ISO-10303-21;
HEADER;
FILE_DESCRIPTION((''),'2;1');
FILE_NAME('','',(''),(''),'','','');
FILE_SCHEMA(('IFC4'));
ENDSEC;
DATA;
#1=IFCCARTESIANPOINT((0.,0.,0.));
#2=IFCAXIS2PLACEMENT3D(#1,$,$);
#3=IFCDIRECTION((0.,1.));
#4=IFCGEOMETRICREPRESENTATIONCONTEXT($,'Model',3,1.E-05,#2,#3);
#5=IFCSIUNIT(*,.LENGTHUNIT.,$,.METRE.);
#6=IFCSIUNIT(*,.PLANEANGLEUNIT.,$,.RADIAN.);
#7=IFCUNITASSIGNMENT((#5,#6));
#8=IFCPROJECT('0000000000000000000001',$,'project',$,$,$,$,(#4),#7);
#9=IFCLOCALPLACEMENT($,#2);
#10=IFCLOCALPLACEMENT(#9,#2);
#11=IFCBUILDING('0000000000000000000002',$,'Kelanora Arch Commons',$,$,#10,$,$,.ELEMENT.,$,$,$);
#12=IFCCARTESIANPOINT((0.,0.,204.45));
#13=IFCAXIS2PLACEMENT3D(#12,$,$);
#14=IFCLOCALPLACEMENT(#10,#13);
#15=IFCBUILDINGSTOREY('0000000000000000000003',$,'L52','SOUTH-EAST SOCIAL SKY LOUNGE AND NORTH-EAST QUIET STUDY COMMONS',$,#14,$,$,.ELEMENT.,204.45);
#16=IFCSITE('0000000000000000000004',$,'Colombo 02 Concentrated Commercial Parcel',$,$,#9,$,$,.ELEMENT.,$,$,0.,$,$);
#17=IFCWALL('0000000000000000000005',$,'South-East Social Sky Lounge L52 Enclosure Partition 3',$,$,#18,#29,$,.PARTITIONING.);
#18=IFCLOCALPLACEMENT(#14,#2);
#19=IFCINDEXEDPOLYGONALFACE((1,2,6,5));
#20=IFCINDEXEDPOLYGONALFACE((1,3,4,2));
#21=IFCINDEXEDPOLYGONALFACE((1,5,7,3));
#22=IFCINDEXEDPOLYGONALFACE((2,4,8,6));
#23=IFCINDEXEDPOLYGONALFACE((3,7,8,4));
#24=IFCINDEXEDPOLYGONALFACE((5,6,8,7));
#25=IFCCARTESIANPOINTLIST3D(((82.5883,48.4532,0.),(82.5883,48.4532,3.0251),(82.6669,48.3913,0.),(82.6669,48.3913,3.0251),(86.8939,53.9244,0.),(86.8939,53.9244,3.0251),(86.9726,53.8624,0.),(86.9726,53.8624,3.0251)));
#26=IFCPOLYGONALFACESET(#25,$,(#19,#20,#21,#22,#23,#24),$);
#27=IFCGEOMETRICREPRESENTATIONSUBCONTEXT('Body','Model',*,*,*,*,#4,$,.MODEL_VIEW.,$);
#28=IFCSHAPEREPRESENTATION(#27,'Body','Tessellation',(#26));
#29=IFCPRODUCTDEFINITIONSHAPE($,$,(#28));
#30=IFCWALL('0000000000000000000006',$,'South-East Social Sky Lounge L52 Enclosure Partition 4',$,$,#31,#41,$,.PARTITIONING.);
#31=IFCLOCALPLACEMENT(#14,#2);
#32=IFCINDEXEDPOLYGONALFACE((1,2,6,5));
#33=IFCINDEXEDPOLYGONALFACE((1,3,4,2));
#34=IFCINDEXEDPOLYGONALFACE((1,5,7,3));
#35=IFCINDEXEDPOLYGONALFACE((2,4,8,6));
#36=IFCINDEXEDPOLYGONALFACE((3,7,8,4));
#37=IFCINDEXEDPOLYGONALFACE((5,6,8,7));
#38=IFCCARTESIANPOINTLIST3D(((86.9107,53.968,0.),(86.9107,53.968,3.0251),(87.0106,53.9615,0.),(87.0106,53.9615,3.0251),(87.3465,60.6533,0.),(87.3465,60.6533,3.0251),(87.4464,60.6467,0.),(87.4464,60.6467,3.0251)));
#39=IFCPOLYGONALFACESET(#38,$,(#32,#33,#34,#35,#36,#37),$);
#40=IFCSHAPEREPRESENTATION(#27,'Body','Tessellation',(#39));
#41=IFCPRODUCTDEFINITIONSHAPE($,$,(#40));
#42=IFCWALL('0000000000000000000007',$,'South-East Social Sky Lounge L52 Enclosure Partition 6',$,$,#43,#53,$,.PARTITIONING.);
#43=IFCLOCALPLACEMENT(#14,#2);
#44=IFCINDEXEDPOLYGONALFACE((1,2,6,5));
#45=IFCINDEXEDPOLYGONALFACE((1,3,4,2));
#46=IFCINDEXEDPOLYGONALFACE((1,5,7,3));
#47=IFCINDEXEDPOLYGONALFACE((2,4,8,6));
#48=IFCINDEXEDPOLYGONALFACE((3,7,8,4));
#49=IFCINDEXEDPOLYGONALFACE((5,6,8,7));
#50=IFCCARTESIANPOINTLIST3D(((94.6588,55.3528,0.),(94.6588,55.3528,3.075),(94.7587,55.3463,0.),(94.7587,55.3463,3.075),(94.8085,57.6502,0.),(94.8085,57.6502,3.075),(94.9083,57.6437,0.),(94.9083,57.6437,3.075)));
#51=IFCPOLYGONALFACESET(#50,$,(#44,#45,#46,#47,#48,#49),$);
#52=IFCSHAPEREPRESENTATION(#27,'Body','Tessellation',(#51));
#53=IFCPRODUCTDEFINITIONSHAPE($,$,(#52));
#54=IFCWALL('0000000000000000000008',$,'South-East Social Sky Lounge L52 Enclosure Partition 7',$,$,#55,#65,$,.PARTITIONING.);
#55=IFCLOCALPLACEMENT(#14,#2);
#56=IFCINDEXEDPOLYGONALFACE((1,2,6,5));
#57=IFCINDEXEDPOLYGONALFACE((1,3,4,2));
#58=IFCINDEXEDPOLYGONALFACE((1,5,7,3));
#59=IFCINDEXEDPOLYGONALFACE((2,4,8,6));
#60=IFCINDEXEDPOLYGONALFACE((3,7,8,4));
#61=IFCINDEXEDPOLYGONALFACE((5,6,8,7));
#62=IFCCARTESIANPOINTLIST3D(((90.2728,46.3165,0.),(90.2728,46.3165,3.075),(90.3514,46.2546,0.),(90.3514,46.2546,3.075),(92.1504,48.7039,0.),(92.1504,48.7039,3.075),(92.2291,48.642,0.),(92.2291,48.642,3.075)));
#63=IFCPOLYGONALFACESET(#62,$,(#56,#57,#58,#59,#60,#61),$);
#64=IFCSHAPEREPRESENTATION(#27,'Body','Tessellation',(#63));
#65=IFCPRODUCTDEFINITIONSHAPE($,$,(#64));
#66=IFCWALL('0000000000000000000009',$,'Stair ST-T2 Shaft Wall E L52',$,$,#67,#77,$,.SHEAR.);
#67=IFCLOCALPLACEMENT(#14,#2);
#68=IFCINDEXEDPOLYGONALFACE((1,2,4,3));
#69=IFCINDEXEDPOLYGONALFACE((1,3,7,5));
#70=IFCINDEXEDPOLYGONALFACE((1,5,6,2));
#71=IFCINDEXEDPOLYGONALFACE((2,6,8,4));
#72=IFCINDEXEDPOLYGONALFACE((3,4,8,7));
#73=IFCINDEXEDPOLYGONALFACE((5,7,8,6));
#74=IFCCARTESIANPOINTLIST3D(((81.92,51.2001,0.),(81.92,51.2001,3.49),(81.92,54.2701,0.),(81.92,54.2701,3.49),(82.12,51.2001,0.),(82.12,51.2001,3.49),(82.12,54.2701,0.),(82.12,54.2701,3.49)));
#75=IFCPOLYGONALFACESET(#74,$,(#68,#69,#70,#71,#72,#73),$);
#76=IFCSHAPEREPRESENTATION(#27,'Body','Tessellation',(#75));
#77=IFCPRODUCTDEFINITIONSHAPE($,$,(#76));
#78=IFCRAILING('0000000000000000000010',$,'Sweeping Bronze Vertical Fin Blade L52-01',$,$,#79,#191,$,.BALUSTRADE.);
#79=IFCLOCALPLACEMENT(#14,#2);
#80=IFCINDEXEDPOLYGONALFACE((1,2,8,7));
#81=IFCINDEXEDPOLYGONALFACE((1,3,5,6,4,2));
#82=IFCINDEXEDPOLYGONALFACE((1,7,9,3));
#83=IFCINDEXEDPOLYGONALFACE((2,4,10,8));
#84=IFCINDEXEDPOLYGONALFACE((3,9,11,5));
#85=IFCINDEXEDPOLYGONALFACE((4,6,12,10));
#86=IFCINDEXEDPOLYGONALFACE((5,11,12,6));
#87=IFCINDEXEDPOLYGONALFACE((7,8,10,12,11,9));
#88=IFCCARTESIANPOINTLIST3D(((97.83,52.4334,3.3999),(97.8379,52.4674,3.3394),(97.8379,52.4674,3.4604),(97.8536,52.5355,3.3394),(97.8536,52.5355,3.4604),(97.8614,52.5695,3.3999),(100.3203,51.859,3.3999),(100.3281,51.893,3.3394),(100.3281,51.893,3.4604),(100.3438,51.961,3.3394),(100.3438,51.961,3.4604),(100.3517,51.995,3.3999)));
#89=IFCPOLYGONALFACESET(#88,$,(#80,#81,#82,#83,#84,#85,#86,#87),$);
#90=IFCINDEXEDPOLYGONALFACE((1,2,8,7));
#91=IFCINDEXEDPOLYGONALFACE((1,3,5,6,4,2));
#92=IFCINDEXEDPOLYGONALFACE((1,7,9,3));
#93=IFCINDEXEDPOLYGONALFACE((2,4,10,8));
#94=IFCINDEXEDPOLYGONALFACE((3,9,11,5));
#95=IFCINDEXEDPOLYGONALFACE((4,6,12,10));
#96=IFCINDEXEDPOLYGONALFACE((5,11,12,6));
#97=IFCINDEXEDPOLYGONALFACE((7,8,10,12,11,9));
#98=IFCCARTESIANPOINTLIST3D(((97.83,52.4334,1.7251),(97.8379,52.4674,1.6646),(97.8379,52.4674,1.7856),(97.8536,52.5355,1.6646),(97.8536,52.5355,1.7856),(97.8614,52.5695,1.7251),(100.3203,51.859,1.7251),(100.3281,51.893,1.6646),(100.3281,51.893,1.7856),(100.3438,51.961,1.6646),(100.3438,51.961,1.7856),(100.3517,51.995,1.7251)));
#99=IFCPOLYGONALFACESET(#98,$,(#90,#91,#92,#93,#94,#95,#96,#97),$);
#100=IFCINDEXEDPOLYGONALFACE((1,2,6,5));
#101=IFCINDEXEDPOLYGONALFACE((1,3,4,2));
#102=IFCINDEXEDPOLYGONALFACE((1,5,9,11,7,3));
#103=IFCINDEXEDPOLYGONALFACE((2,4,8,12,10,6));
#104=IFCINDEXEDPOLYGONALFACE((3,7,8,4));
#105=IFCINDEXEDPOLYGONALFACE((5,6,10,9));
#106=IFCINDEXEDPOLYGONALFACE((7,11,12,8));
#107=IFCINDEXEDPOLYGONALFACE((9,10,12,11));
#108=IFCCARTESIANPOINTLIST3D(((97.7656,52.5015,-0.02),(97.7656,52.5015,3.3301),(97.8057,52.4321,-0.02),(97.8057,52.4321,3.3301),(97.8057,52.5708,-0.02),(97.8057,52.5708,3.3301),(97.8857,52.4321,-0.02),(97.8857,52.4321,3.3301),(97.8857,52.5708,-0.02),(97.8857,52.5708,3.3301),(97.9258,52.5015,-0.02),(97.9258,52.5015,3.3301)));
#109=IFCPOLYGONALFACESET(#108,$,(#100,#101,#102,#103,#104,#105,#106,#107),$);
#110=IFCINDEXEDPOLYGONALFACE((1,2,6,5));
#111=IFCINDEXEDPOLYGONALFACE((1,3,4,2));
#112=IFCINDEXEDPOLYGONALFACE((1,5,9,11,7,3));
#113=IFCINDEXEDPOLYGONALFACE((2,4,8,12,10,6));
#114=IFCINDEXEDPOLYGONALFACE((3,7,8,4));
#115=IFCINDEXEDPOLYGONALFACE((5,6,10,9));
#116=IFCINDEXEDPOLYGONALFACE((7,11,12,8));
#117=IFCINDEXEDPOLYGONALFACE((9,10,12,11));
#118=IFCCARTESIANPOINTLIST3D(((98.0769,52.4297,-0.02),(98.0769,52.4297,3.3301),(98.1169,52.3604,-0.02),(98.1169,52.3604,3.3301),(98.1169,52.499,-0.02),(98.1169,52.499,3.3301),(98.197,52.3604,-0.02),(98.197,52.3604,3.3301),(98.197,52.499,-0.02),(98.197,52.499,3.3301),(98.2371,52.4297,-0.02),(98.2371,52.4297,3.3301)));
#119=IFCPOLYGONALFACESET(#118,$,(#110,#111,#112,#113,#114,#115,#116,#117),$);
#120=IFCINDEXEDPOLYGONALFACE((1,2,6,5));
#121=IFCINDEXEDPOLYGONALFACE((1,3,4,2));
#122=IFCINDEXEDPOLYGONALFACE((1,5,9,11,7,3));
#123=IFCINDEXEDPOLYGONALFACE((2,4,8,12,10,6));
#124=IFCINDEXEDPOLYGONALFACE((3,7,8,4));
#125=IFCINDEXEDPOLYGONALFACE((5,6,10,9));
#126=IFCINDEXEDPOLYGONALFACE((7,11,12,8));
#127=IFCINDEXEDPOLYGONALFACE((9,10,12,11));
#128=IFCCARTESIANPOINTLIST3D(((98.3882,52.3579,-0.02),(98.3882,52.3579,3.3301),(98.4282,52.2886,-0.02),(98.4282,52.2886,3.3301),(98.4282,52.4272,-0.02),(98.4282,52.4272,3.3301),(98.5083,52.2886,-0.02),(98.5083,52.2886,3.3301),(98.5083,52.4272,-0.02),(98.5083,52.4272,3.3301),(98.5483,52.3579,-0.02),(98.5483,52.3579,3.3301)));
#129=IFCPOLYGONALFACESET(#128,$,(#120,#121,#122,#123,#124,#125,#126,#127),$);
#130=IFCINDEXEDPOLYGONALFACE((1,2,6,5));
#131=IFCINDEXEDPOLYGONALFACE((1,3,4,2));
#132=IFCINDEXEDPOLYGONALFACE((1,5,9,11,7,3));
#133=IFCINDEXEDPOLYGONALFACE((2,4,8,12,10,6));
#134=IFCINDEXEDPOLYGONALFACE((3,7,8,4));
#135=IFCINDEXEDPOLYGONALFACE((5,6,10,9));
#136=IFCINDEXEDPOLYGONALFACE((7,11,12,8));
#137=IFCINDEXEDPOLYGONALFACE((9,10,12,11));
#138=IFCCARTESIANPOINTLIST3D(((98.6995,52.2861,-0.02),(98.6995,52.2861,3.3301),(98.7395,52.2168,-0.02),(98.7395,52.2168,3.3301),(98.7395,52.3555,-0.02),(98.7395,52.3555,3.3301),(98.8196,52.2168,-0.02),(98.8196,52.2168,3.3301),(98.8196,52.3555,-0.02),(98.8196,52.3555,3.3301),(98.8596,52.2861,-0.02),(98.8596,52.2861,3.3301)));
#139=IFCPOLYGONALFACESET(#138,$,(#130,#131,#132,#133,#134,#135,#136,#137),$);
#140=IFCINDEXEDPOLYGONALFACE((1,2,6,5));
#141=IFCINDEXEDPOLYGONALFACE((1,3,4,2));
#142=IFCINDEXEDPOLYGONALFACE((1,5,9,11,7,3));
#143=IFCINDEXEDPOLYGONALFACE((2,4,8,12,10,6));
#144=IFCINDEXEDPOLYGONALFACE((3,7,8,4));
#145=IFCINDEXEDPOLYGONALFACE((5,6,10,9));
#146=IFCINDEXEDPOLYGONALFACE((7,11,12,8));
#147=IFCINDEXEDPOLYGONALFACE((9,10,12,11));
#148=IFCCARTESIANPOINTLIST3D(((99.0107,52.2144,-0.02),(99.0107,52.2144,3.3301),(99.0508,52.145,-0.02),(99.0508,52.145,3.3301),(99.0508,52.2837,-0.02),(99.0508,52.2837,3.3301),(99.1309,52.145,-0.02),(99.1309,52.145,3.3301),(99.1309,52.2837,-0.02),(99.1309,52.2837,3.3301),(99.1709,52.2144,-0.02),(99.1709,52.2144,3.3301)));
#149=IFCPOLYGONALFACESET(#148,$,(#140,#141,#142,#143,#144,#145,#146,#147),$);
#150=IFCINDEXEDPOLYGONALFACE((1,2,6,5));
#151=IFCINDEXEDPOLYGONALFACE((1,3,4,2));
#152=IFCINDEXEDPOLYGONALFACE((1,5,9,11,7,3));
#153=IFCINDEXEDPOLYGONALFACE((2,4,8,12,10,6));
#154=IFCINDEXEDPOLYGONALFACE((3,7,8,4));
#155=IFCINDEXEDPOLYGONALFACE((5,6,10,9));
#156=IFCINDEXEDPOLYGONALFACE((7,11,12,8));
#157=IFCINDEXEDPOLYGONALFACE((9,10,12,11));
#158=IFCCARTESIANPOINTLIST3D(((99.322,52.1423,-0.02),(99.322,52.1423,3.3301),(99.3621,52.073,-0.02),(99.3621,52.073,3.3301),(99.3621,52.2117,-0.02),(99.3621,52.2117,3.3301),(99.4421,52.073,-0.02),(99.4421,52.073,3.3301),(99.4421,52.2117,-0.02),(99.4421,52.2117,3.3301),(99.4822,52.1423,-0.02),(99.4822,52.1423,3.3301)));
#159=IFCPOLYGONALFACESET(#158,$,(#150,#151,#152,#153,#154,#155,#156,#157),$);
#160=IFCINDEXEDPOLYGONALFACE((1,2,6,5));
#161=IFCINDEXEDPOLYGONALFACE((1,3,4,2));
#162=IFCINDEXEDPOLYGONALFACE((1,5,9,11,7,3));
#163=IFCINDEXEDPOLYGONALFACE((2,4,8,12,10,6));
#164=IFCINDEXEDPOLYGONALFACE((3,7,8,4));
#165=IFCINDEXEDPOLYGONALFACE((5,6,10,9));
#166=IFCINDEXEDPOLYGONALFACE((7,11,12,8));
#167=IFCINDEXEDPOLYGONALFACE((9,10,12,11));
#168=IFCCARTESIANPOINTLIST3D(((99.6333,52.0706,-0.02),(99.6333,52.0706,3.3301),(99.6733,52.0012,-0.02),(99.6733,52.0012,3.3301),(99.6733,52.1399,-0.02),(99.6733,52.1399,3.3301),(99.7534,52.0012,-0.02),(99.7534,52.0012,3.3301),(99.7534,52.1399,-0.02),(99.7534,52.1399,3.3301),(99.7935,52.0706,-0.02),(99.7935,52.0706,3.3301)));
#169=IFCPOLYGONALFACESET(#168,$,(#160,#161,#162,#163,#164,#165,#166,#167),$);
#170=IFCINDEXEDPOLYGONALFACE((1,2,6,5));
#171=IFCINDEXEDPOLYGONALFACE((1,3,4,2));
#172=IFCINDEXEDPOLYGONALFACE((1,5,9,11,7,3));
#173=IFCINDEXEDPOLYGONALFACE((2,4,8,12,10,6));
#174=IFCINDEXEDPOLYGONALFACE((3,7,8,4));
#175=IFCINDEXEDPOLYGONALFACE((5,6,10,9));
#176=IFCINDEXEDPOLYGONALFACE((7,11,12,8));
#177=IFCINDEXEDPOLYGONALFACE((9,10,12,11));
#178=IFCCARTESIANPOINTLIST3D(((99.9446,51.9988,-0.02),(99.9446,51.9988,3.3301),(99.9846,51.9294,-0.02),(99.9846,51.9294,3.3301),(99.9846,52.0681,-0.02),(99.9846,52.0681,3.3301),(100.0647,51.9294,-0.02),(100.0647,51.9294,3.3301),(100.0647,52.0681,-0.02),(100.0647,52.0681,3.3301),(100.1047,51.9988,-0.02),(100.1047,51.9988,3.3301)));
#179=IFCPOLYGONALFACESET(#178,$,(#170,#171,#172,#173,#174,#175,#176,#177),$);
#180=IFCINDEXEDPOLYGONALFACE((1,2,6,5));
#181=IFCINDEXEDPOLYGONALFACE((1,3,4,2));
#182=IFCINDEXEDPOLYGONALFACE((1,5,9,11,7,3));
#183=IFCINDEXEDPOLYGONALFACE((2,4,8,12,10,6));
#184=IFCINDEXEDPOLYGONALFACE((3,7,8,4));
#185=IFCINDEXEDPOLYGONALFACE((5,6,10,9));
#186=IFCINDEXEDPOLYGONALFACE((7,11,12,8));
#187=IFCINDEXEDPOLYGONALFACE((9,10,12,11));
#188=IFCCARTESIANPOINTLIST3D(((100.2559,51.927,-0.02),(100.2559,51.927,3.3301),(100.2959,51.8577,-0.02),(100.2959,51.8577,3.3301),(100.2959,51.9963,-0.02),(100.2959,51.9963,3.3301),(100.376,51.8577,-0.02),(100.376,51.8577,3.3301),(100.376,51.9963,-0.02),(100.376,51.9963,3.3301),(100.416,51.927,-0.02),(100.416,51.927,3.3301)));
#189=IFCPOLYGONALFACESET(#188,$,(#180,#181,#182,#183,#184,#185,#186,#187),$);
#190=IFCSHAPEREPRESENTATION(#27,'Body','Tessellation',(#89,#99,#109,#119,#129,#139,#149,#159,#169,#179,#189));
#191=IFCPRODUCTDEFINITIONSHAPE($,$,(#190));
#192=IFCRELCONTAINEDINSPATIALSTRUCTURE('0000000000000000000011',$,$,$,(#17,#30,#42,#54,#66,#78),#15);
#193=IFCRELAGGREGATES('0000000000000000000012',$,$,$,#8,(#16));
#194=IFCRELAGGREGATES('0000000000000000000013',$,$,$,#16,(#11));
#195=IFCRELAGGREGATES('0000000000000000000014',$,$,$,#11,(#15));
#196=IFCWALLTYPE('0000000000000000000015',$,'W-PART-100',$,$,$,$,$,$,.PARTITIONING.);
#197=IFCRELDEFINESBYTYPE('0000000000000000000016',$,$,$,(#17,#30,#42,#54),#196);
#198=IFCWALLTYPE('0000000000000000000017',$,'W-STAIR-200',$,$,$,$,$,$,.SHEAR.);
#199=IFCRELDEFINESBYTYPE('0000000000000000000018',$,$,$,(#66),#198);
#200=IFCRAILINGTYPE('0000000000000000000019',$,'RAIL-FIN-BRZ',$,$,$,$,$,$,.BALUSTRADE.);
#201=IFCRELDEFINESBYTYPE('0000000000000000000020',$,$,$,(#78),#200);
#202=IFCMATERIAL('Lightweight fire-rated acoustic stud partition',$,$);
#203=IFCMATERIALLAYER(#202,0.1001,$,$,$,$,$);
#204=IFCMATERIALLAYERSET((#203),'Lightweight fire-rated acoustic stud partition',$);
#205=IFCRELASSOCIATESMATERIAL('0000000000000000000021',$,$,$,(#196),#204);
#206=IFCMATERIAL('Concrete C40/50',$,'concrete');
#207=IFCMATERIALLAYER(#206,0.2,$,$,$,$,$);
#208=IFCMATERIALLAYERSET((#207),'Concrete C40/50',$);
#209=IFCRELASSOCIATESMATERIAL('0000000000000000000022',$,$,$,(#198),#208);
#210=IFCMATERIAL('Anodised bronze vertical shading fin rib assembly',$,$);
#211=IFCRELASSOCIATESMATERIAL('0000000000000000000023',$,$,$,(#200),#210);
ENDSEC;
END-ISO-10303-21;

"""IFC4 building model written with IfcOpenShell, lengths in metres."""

from ifc_helpers import new_model, si_unit, direction, frame, frame_2d, origin, place, context, subcontext, project, spatial, polyline, rectangle, outline, extrude, material, layer, layer_set, type_object, element, save


model = new_model("IFC4")

# Units and contexts
model_context = context("Model", 3, precision=1e-05, world=origin(), true_north=direction((0.0, 1.0)))
body_context = subcontext(model_context, "Body", "Model", "MODEL_VIEW")
ifc_project = project(units=[si_unit("LENGTHUNIT", "METRE"), si_unit("PLANEANGLEUNIT", "RADIAN")], contexts=[model_context])

# Site, building, storey
site_placement = place(None, origin())
site = spatial("IfcSite", under=ifc_project, at=site_placement, Name="Colombo 02 Concentrated Commercial Parcel", CompositionType="ELEMENT", RefElevation=0.0)
building_placement = place(site_placement, origin())
building = spatial("IfcBuilding", under=site, at=building_placement, Name="Kelanora Arch Commons", CompositionType="ELEMENT")
storey_placement = place(building_placement, frame((0.0, 0.0, 204.45)))
storey = spatial("IfcBuildingStorey", under=building, at=storey_placement, Name="L52", Description="SOUTH-EAST SOCIAL SKY LOUNGE AND NORTH-EAST QUIET STUDY COMMONS", CompositionType="ELEMENT", Elevation=204.45)

# Walls
ifc_material_1 = material(Name="Lightweight fire-rated acoustic stud partition")
ifc_layer_1 = layer(ifc_material_1, 0.1001)
ifc_layer_set_1 = layer_set([ifc_layer_1], Name="Lightweight fire-rated acoustic stud partition")
wall_type_1 = type_object("IfcWallType", Name="W-PART-100", PredefinedType="PARTITIONING", material=ifc_layer_set_1)
wall_1_placement = place(storey_placement, frame((82.6277, 48.4224, 0.0), z_axis=(0.0, 0.0, 1.0), x_axis=(0.618432, 0.785839, 0.0)))
element("IfcWall", 1, at=wall_1_placement, inside=storey, type_object=wall_type_1, Name="South-East Social Sky Lounge L52 Enclosure Partition 3", PredefinedType="PARTITIONING", context=body_context, shape_type="SweptSolid", body=[
    extrude(rectangle(XDim=6.9622, YDim=0.1001, at=frame_2d((3.481, 0.0))), origin(), (0.0, 0.0, 1.0), 3.0251),
])
wall_2_placement = place(storey_placement, frame((86.9607, 53.9648, 0.0), z_axis=(0.0, 0.0, 1.0), x_axis=(0.065048, 0.997882, 0.0)))
element("IfcWall", 2, at=wall_2_placement, inside=storey, type_object=wall_type_1, Name="South-East Social Sky Lounge L52 Enclosure Partition 4", PredefinedType="PARTITIONING", context=body_context, shape_type="SweptSolid", body=[
    extrude(rectangle(XDim=6.6995, YDim=0.1001, at=frame_2d((3.3496, 0.0))), origin(), (0.0, 0.0, 1.0), 3.0251),
])
wall_3_placement = place(storey_placement, frame((94.8584, 57.647, 0.0), z_axis=(0.0, 0.0, 1.0), x_axis=(-0.065006, -0.997885, 0.0)))
element("IfcWall", 3, at=wall_3_placement, inside=storey, type_object=wall_type_1, Name="South-East Social Sky Lounge L52 Enclosure Partition 6", PredefinedType="PARTITIONING", context=body_context, shape_type="SweptSolid", body=[
    extrude(rectangle(XDim=2.3022, YDim=0.1001, at=frame_2d((1.1511, 0.0))), origin(), (0.0, 0.0, 1.0), 3.075),
])
wall_4_placement = place(storey_placement, frame((92.1897, 48.6729, 0.0), z_axis=(0.0, 0.0, 1.0), x_axis=(-0.618194, -0.786025, 0.0)))
element("IfcWall", 4, at=wall_4_placement, inside=storey, type_object=wall_type_1, Name="South-East Social Sky Lounge L52 Enclosure Partition 7", PredefinedType="PARTITIONING", context=body_context, shape_type="SweptSolid", body=[
    extrude(rectangle(XDim=3.0374, YDim=0.1001, at=frame_2d((1.5186, 0.0))), origin(), (0.0, 0.0, 1.0), 3.075),
])
ifc_material_2 = material(Name="Concrete C40/50", Category="concrete")
ifc_layer_2 = layer(ifc_material_2, 0.2)
ifc_layer_set_2 = layer_set([ifc_layer_2], Name="Concrete C40/50")
wall_type_2 = type_object("IfcWallType", Name="W-STAIR-200", PredefinedType="SHEAR", material=ifc_layer_set_2)
wall_5_placement = place(storey_placement, frame((82.02, 51.2, 0.0), z_axis=(0.0, 0.0, 1.0), x_axis=(0.0, 1.0, 0.0)))
element("IfcWall", 5, at=wall_5_placement, inside=storey, type_object=wall_type_2, Name="Stair ST-T2 Shaft Wall E L52", PredefinedType="SHEAR", context=body_context, shape_type="SweptSolid", body=[
    extrude(rectangle(XDim=3.0701, YDim=0.2, at=frame_2d((1.5352, 0.0))), origin(), (0.0, 0.0, 1.0), 3.49),
])

# Railing
ifc_material_3 = material(Name="Anodised bronze vertical shading fin rib assembly")
railing_type = type_object("IfcRailingType", Name="RAIL-FIN-BRZ", PredefinedType="BALUSTRADE", material=ifc_material_3)
railing_placement = place(storey_placement, frame((97.8457, 52.5015, -0.02)))
element("IfcRailing", 6, at=railing_placement, inside=storey, type_object=railing_type, Name="Sweeping Bronze Vertical Fin Blade L52-01", PredefinedType="BALUSTRADE", context=body_context, shape_type="SweptSolid", body=[
    extrude(outline(polyline([(0.0698, 0.0), (0.0349, 0.0605), (-0.0349, 0.0605), (-0.0698, 0.0), (-0.0349, -0.0605), (0.0349, -0.0605), (0.0698, 0.0)])), frame((0.0, 0.0, 3.4199), z_axis=(0.974409, -0.224783, 0.0), x_axis=(0.224783, 0.974409, 0.0)), (0.0, 0.0, 1.0), 2.5557),
    extrude(outline(polyline([(0.0698, 0.0), (0.0349, 0.0605), (-0.0349, 0.0605), (-0.0698, 0.0), (-0.0349, -0.0605), (0.0349, -0.0605), (0.0698, 0.0)])), frame((0.0, 0.0, 1.7451), z_axis=(0.974409, -0.224783, 0.0), x_axis=(0.224783, 0.974409, 0.0)), (0.0, 0.0, 1.0), 2.5557),
    extrude(outline(polyline([(0.0801, 0.0), (0.04, 0.0693), (-0.04, 0.0693), (-0.0801, 0.0), (-0.04, -0.0693), (0.04, -0.0693), (0.0801, 0.0)])), origin(), (0.0, 0.0, 1.0), 3.3501),
    extrude(outline(polyline([(0.0801, 0.0), (0.04, 0.0693), (-0.04, 0.0693), (-0.0801, 0.0), (-0.04, -0.0693), (0.04, -0.0693), (0.0801, 0.0)])), frame((0.3113, -0.0718, 0.0)), (0.0, 0.0, 1.0), 3.3501),
    extrude(outline(polyline([(0.0801, 0.0), (0.04, 0.0693), (-0.04, 0.0693), (-0.0801, 0.0), (-0.04, -0.0693), (0.04, -0.0693), (0.0801, 0.0)])), frame((0.6226, -0.1436, 0.0)), (0.0, 0.0, 1.0), 3.3501),
    extrude(outline(polyline([(0.0801, 0.0), (0.04, 0.0693), (-0.04, 0.0693), (-0.0801, 0.0), (-0.04, -0.0693), (0.04, -0.0693), (0.0801, 0.0)])), frame((0.9338, -0.2153, 0.0)), (0.0, 0.0, 1.0), 3.3501),
    extrude(outline(polyline([(0.0801, 0.0), (0.04, 0.0693), (-0.04, 0.0693), (-0.0801, 0.0), (-0.04, -0.0693), (0.04, -0.0693), (0.0801, 0.0)])), frame((1.2451, -0.2871, 0.0)), (0.0, 0.0, 1.0), 3.3501),
    extrude(outline(polyline([(0.0801, 0.0), (0.04, 0.0693), (-0.04, 0.0693), (-0.0801, 0.0), (-0.04, -0.0693), (0.04, -0.0693), (0.0801, 0.0)])), frame((1.5564, -0.3591, 0.0)), (0.0, 0.0, 1.0), 3.3501),
    extrude(outline(polyline([(0.0801, 0.0), (0.04, 0.0693), (-0.04, 0.0693), (-0.0801, 0.0), (-0.04, -0.0693), (0.04, -0.0693), (0.0801, 0.0)])), frame((1.8677, -0.4309, 0.0)), (0.0, 0.0, 1.0), 3.3501),
    extrude(outline(polyline([(0.0801, 0.0), (0.04, 0.0693), (-0.04, 0.0693), (-0.0801, 0.0), (-0.04, -0.0693), (0.04, -0.0693), (0.0801, 0.0)])), frame((2.179, -0.5027, 0.0)), (0.0, 0.0, 1.0), 3.3501),
    extrude(outline(polyline([(0.0801, 0.0), (0.04, 0.0693), (-0.04, 0.0693), (-0.0801, 0.0), (-0.04, -0.0693), (0.04, -0.0693), (0.0801, 0.0)])), frame((2.4902, -0.5745, 0.0)), (0.0, 0.0, 1.0), 3.3501),
])

save(model, "model.ifc")
